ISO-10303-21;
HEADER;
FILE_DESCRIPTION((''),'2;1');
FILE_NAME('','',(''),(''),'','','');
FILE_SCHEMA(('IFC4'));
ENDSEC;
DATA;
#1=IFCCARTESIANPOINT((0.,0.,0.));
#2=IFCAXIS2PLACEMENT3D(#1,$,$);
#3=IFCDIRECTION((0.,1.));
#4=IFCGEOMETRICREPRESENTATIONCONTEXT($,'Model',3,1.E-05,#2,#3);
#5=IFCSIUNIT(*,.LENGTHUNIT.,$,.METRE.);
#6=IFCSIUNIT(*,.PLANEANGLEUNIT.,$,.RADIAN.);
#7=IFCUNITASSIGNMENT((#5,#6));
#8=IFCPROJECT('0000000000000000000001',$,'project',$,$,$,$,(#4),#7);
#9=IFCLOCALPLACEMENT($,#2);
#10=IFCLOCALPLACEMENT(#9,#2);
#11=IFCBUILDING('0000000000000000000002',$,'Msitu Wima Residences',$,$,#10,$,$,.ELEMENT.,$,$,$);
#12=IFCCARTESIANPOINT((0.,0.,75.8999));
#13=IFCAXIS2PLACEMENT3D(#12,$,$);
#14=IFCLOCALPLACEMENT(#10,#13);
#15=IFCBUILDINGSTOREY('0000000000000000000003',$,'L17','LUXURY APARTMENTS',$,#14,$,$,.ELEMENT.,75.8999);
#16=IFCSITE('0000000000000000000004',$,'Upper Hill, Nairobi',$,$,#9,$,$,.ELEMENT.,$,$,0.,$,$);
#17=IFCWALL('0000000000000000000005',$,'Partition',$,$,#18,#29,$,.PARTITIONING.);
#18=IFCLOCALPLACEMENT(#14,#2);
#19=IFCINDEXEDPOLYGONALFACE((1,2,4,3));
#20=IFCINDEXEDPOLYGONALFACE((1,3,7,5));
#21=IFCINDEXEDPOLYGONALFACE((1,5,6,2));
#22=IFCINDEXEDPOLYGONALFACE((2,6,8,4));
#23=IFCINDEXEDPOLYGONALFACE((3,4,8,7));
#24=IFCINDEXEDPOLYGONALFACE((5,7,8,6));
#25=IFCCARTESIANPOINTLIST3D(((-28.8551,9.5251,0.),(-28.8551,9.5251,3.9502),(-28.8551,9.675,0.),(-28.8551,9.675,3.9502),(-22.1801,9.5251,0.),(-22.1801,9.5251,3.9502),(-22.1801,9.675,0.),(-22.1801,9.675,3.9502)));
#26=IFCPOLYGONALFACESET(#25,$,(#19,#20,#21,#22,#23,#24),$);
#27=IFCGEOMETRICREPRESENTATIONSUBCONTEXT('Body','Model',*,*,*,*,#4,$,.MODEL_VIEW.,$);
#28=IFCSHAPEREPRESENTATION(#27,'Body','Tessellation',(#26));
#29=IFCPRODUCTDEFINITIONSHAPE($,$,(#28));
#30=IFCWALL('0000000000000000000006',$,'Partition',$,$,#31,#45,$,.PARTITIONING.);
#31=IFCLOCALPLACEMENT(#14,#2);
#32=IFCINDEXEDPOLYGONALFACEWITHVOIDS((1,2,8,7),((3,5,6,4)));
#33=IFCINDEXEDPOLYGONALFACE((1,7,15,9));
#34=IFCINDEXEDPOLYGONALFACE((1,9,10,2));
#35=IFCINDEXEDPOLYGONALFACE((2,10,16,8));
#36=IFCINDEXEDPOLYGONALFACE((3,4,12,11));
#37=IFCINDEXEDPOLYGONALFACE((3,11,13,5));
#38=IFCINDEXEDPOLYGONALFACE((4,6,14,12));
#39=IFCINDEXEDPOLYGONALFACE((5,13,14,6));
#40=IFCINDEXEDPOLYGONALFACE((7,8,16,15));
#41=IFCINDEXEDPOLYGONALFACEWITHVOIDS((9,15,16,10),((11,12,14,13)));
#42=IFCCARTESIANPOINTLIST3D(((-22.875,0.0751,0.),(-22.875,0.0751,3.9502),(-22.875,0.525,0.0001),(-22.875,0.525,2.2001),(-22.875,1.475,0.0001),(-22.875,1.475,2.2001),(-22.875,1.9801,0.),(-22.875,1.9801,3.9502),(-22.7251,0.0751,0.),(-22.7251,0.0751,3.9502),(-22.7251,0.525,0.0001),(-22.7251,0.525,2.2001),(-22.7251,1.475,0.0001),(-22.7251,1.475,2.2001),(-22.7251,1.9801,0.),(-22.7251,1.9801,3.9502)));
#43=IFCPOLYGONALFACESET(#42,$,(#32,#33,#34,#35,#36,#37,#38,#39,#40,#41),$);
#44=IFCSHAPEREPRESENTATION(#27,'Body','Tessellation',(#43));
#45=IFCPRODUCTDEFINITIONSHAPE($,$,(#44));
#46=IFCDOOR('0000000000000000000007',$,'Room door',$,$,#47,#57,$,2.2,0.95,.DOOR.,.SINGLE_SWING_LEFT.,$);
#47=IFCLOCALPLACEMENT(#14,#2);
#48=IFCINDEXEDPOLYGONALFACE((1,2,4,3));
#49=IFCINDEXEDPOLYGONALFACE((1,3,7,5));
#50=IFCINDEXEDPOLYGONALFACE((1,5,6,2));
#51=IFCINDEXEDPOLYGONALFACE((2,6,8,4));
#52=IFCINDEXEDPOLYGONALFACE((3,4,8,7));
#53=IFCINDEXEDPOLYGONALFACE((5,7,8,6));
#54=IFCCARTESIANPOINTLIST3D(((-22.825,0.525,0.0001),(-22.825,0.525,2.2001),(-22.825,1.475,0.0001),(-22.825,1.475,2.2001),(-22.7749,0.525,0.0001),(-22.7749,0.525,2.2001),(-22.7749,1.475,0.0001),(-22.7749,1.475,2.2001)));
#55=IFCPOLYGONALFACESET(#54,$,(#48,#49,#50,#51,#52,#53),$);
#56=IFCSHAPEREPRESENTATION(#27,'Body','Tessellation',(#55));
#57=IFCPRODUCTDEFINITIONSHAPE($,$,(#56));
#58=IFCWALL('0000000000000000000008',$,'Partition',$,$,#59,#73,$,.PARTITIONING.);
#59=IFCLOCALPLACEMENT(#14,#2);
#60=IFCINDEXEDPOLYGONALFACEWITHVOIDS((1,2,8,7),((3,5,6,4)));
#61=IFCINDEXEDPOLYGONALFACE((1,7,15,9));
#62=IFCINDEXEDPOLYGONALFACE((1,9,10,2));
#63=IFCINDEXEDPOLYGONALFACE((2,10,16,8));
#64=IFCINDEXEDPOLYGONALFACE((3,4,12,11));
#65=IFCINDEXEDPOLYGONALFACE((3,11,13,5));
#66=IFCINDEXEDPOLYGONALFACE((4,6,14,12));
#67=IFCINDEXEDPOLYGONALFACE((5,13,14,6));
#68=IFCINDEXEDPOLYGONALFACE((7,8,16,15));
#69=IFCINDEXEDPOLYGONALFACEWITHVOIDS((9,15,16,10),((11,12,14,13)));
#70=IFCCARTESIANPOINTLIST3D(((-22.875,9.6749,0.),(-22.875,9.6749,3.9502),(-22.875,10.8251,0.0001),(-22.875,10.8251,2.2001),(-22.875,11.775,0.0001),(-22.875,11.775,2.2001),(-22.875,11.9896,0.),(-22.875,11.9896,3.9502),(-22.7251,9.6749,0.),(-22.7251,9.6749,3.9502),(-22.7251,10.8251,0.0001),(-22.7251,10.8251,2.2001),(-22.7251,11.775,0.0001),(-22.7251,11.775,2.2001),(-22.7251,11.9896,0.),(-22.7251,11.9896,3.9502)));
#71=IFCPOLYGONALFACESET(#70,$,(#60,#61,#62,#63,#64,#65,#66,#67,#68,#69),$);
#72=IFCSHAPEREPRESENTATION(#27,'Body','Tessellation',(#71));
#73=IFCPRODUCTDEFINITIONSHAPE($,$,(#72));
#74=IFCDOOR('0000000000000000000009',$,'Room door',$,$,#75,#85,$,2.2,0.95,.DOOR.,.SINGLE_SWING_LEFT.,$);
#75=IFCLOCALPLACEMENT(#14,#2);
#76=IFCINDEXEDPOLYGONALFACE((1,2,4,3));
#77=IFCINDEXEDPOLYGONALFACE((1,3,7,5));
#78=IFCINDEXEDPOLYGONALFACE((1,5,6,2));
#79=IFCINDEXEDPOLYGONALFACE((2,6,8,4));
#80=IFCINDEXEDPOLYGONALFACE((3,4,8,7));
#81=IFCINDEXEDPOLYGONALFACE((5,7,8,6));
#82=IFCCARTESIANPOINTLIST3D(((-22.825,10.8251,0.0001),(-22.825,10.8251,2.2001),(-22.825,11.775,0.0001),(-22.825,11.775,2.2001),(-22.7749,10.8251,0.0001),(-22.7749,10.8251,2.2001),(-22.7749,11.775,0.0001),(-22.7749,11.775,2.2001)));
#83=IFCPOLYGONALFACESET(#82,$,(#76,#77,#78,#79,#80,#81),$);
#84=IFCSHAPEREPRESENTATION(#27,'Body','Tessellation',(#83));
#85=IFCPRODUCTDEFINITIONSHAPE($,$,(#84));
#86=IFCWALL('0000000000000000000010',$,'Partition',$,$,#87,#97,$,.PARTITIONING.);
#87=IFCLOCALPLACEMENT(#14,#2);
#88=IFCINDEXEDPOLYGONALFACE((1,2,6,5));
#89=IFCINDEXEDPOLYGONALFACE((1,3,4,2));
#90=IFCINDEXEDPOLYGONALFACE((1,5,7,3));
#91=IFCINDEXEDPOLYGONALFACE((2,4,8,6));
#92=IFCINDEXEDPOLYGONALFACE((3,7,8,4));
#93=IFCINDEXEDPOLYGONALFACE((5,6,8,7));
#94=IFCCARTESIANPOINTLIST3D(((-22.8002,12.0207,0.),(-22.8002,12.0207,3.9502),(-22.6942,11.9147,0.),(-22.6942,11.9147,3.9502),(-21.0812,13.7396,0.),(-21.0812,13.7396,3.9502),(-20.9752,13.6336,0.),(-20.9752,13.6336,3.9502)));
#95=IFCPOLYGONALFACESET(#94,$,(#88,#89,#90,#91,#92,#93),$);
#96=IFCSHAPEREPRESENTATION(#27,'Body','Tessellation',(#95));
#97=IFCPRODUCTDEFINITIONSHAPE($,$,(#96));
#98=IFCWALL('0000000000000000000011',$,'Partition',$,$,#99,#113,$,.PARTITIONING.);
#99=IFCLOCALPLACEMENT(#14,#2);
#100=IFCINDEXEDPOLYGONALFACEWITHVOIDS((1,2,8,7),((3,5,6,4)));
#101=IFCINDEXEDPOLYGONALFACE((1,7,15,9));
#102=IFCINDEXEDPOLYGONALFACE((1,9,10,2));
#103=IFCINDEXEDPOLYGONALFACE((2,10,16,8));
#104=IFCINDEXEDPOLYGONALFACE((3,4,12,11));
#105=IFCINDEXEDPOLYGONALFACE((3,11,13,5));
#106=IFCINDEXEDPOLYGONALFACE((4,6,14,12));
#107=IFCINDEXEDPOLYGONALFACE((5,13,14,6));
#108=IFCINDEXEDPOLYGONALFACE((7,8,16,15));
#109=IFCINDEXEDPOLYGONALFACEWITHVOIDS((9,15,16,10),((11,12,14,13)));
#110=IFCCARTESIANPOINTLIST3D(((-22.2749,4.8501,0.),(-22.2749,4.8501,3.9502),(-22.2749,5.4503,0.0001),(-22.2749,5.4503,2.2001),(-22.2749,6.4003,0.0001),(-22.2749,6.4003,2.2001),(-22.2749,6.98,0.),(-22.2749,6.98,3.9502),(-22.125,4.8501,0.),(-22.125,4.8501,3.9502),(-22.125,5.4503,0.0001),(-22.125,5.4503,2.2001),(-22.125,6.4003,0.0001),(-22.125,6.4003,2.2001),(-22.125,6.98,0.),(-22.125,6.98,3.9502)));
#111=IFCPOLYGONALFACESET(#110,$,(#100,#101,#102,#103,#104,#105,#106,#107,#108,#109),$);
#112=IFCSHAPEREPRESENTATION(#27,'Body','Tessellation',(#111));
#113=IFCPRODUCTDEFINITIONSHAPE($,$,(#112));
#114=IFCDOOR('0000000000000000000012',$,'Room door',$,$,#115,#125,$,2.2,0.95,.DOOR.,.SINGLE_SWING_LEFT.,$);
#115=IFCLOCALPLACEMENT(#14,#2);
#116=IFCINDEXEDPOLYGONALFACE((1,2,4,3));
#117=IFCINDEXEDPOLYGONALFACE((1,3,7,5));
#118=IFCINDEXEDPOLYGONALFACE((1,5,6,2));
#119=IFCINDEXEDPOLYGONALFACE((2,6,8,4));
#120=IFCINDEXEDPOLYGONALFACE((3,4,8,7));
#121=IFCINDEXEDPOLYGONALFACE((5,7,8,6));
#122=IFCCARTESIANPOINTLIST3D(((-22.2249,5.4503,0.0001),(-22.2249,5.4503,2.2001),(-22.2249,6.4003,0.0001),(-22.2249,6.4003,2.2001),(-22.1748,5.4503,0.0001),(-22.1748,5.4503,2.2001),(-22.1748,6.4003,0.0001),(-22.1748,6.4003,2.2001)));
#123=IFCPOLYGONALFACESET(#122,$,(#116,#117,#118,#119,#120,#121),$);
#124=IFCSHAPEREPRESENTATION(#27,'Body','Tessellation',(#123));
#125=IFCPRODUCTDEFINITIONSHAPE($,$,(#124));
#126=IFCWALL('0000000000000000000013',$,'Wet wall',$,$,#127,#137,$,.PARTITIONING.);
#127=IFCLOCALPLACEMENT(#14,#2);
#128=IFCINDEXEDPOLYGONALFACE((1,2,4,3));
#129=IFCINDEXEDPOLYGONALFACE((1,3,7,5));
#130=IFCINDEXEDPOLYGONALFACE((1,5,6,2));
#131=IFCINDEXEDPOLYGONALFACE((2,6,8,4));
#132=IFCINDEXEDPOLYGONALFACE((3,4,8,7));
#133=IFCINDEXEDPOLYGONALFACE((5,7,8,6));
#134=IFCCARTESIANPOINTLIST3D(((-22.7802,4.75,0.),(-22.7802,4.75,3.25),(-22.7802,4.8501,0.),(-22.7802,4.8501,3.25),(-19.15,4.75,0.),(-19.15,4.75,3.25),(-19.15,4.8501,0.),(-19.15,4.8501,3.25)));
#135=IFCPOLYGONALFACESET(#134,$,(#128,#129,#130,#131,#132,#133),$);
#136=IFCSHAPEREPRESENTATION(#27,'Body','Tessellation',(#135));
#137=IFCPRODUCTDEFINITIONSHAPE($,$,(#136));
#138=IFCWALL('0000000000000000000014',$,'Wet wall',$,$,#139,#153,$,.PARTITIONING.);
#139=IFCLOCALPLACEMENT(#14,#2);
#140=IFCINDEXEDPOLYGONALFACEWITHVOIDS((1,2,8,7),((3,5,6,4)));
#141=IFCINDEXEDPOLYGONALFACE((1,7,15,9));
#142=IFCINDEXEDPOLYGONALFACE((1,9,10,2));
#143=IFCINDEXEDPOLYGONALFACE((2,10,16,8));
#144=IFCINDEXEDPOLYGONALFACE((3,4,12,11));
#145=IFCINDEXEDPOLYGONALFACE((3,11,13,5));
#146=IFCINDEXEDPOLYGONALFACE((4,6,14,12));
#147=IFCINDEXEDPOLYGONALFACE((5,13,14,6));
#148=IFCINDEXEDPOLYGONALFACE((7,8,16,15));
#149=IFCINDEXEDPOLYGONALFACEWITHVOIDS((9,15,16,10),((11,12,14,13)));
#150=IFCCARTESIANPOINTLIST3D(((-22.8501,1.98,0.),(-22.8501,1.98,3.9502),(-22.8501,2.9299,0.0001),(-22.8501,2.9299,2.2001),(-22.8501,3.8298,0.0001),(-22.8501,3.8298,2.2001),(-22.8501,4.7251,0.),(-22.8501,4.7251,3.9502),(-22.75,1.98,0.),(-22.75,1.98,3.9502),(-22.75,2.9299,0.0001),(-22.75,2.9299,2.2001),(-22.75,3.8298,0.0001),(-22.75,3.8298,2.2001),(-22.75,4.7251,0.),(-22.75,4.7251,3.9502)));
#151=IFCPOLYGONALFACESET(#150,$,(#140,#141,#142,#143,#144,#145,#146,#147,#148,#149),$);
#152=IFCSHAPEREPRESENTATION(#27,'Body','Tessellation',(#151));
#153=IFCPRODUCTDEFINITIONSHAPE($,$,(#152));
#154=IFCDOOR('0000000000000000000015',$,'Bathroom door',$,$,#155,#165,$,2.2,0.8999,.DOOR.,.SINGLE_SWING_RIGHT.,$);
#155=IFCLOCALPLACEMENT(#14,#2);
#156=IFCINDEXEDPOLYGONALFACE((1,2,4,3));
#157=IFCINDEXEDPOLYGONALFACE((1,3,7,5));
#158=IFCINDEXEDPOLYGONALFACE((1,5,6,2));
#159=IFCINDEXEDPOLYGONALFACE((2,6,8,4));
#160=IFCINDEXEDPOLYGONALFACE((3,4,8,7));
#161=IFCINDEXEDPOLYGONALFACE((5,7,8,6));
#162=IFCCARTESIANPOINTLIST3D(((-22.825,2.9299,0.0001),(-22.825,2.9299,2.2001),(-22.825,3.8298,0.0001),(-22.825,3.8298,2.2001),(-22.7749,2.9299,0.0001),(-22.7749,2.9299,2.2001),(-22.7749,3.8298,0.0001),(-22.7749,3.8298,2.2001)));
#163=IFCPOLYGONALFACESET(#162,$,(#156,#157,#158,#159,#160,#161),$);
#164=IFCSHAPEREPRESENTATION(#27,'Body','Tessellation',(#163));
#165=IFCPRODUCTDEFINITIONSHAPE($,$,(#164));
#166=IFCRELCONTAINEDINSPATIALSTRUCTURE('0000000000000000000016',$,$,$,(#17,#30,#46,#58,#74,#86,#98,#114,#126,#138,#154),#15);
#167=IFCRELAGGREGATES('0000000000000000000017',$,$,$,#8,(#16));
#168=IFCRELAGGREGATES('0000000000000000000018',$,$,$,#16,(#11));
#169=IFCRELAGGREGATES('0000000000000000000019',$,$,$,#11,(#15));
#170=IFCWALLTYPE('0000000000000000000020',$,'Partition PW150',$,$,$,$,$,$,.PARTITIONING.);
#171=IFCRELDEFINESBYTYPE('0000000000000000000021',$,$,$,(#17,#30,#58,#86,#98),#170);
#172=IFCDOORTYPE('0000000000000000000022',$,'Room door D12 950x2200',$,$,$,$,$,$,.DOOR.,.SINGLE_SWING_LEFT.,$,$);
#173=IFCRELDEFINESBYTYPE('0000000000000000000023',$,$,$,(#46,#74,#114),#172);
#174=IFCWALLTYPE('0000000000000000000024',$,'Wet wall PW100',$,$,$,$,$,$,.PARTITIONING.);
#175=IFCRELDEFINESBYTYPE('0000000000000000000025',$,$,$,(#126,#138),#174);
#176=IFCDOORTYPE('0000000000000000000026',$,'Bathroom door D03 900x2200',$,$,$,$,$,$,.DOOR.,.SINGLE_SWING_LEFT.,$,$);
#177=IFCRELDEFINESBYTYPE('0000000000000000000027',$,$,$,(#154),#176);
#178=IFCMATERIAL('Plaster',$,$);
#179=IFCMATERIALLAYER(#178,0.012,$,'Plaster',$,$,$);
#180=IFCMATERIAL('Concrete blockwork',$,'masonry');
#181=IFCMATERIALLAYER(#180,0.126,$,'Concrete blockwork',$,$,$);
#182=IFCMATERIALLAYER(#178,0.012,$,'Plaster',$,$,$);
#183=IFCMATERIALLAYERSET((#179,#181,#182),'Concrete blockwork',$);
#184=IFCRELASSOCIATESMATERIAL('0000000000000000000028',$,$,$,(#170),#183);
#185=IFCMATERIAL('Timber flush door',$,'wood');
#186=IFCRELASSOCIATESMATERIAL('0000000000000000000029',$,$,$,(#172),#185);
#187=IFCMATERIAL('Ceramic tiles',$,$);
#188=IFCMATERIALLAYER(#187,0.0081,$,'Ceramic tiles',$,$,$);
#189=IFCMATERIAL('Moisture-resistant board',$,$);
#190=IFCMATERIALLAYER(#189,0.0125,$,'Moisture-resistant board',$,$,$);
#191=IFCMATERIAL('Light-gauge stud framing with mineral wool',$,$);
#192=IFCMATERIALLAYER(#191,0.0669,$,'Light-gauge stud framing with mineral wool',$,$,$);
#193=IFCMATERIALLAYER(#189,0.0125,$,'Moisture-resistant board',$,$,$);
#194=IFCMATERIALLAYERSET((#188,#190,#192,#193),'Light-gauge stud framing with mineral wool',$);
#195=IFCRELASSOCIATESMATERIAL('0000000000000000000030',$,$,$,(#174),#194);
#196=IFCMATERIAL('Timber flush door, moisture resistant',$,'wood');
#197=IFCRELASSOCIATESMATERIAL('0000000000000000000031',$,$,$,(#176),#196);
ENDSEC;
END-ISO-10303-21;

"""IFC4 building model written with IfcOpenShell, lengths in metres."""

from ifc_helpers import new_model, si_unit, direction, frame, frame_2d, origin, place, context, subcontext, project, spatial, rectangle, extrude, material, layer, layer_set, type_object, element, fill, save


model = new_model("IFC4")

# Units and contexts
model_context = context("Model", 3, precision=1e-05, world=origin(), true_north=direction((0.0, 1.0)))
body_context = subcontext(model_context, "Body", "Model", "MODEL_VIEW")
ifc_project = project(units=[si_unit("LENGTHUNIT", "METRE"), si_unit("PLANEANGLEUNIT", "RADIAN")], contexts=[model_context])

# Site, building, storey
site_placement = place(None, origin())
site = spatial("IfcSite", under=ifc_project, at=site_placement, Name="Upper Hill, Nairobi", CompositionType="ELEMENT", RefElevation=0.0)
building_placement = place(site_placement, origin())
building = spatial("IfcBuilding", under=site, at=building_placement, Name="Msitu Wima Residences", CompositionType="ELEMENT")
storey_placement = place(building_placement, frame((0.0, 0.0, 75.8999)))
storey = spatial("IfcBuildingStorey", under=building, at=storey_placement, Name="L17", Description="LUXURY APARTMENTS", CompositionType="ELEMENT", Elevation=75.8999)

# Wall
ifc_material_1 = material(Name="Plaster")
ifc_layer_1 = layer(ifc_material_1, 0.012, Name="Plaster")
ifc_material_2 = material(Name="Concrete blockwork", Category="masonry")
ifc_layer_2 = layer(ifc_material_2, 0.126, Name="Concrete blockwork")
ifc_layer_3 = layer(ifc_material_1, 0.012, Name="Plaster")
ifc_layer_set_1 = layer_set([ifc_layer_1, ifc_layer_2, ifc_layer_3], Name="Concrete blockwork")
wall_type_1 = type_object("IfcWallType", Name="Partition PW150", PredefinedType="PARTITIONING", material=ifc_layer_set_1)
wall_1_placement = place(storey_placement, frame((-28.855, 9.6001, 0.0), z_axis=(0.0, 0.0, 1.0), x_axis=(1.0, 0.0, 0.0)))
element("IfcWall", 1, at=wall_1_placement, inside=storey, type_object=wall_type_1, Name="Partition", PredefinedType="PARTITIONING", context=body_context, shape_type="SweptSolid", body=[
    extrude(rectangle(XDim=6.675, YDim=0.1499, at=frame_2d((3.3374, 0.0))), origin(), (0.0, 0.0, 1.0), 3.9502),
])

# Walls, openings, doors
wall_2_placement = place(storey_placement, frame((-22.8, 0.075, 0.0), z_axis=(0.0, 0.0, 1.0), x_axis=(0.0, 1.0, 0.0)))
wall_2 = element("IfcWall", 2, at=wall_2_placement, inside=storey, type_object=wall_type_1, Name="Partition", PredefinedType="PARTITIONING", context=body_context, shape_type="SweptSolid", body=[
    extrude(rectangle(XDim=1.905, YDim=0.1499, at=frame_2d((0.9526, 0.0))), origin(), (0.0, 0.0, 1.0), 3.9502),
])
opening_1_placement = place(wall_2_placement, frame((0.45, 0.0, 0.0)))
opening_1 = element("IfcOpeningElement", 3, at=opening_1_placement, cuts=wall_2, PredefinedType="OPENING", context=body_context, shape_type="SweptSolid", body=[
    extrude(rectangle(XDim=0.95, YDim=2.2, at=frame_2d((0.4751, 1.1001))), frame((0.0, 0.085, 0.0), z_axis=(0.0, -1.0, 0.0), x_axis=(1.0, 0.0, 0.0)), (0.0, 0.0, 1.0), 0.1699),
])
ifc_material_3 = material(Name="Timber flush door", Category="wood")
door_type_1 = type_object("IfcDoorType", Name="Room door D12 950x2200", OperationType="SINGLE_SWING_LEFT", PredefinedType="DOOR", material=ifc_material_3)
door_1_placement = place(opening_1_placement, origin())
door_1 = element("IfcDoor", 4, at=door_1_placement, inside=storey, type_object=door_type_1, Name="Room door", OperationType="SINGLE_SWING_LEFT", OverallHeight=2.2, OverallWidth=0.95, PredefinedType="DOOR", context=body_context, shape_type="SweptSolid", body=[
    extrude(rectangle(XDim=0.95, YDim=2.2, at=frame_2d((0.4751, 1.1001))), frame((0.0, 0.0249, 0.0), z_axis=(0.0, -1.0, 0.0), x_axis=(1.0, 0.0, 0.0)), (0.0, 0.0, 1.0), 0.05),
])
fill(opening_1, door_1)
wall_3_placement = place(storey_placement, frame((-22.8, 9.675, 0.0), z_axis=(0.0, 0.0, 1.0), x_axis=(0.0, 1.0, 0.0)))
wall_3 = element("IfcWall", 5, at=wall_3_placement, inside=storey, type_object=wall_type_1, Name="Partition", PredefinedType="PARTITIONING", context=body_context, shape_type="SweptSolid", body=[
    extrude(rectangle(XDim=2.3147, YDim=0.1499, at=frame_2d((1.1572, 0.0))), origin(), (0.0, 0.0, 1.0), 3.9502),
])
opening_2_placement = place(wall_3_placement, frame((1.1499, 0.0, 0.0)))
opening_2 = element("IfcOpeningElement", 6, at=opening_2_placement, cuts=wall_3, PredefinedType="OPENING", context=body_context, shape_type="SweptSolid", body=[
    extrude(rectangle(XDim=0.95, YDim=2.2, at=frame_2d((0.4751, 1.1001))), frame((0.0, 0.085, 0.0), z_axis=(0.0, -1.0, 0.0), x_axis=(1.0, 0.0, 0.0)), (0.0, 0.0, 1.0), 0.1699),
])
door_2_placement = place(opening_2_placement, origin())
door_2 = element("IfcDoor", 7, at=door_2_placement, inside=storey, type_object=door_type_1, Name="Room door", OperationType="SINGLE_SWING_LEFT", OverallHeight=2.2, OverallWidth=0.95, PredefinedType="DOOR", context=body_context, shape_type="SweptSolid", body=[
    extrude(rectangle(XDim=0.95, YDim=2.2, at=frame_2d((0.4751, 1.1001))), frame((0.0, 0.0249, 0.0), z_axis=(0.0, -1.0, 0.0), x_axis=(1.0, 0.0, 0.0)), (0.0, 0.0, 1.0), 0.05),
])
fill(opening_2, door_2)

# Wall
wall_4_placement = place(storey_placement, frame((-22.7471, 11.9678, 0.0), z_axis=(0.0, 0.0, 1.0), x_axis=(0.707107, 0.707107, 0.0)))
element("IfcWall", 8, at=wall_4_placement, inside=storey, type_object=wall_type_1, Name="Partition", PredefinedType="PARTITIONING", context=body_context, shape_type="SweptSolid", body=[
    extrude(rectangle(XDim=2.4309, YDim=0.1499, at=frame_2d((1.2153, 0.0))), origin(), (0.0, 0.0, 1.0), 3.9502),
])

# Wall, opening, door
wall_5_placement = place(storey_placement, frame((-22.2, 4.8501, 0.0), z_axis=(0.0, 0.0, 1.0), x_axis=(0.0, 1.0, 0.0)))
wall_5 = element("IfcWall", 9, at=wall_5_placement, inside=storey, type_object=wall_type_1, Name="Partition", PredefinedType="PARTITIONING", context=body_context, shape_type="SweptSolid", body=[
    extrude(rectangle(XDim=2.1299, YDim=0.1499, at=frame_2d((1.0649, 0.0))), origin(), (0.0, 0.0, 1.0), 3.9502),
])
opening_3_placement = place(wall_5_placement, frame((0.6001, 0.0, 0.0)))
opening_3 = element("IfcOpeningElement", 10, at=opening_3_placement, cuts=wall_5, PredefinedType="OPENING", context=body_context, shape_type="SweptSolid", body=[
    extrude(rectangle(XDim=0.95, YDim=2.2, at=frame_2d((0.4751, 1.1001))), frame((0.0, 0.085, 0.0), z_axis=(0.0, -1.0, 0.0), x_axis=(1.0, 0.0, 0.0)), (0.0, 0.0, 1.0), 0.1699),
])
door_3_placement = place(opening_3_placement, origin())
door_3 = element("IfcDoor", 11, at=door_3_placement, inside=storey, type_object=door_type_1, Name="Room door", OperationType="SINGLE_SWING_LEFT", OverallHeight=2.2, OverallWidth=0.95, PredefinedType="DOOR", context=body_context, shape_type="SweptSolid", body=[
    extrude(rectangle(XDim=0.95, YDim=2.2, at=frame_2d((0.4751, 1.1001))), frame((0.0, 0.0249, 0.0), z_axis=(0.0, -1.0, 0.0), x_axis=(1.0, 0.0, 0.0)), (0.0, 0.0, 1.0), 0.05),
])
fill(opening_3, door_3)

# Wall
ifc_material_4 = material(Name="Ceramic tiles")
ifc_layer_4 = layer(ifc_material_4, 0.0081, Name="Ceramic tiles")
ifc_material_5 = material(Name="Moisture-resistant board")
ifc_layer_5 = layer(ifc_material_5, 0.0125, Name="Moisture-resistant board")
ifc_material_6 = material(Name="Light-gauge stud framing with mineral wool")
ifc_layer_6 = layer(ifc_material_6, 0.0669, Name="Light-gauge stud framing with mineral wool")
ifc_layer_7 = layer(ifc_material_5, 0.0125, Name="Moisture-resistant board")
ifc_layer_set_2 = layer_set([ifc_layer_4, ifc_layer_5, ifc_layer_6, ifc_layer_7], Name="Light-gauge stud framing with mineral wool")
wall_type_2 = type_object("IfcWallType", Name="Wet wall PW100", PredefinedType="PARTITIONING", material=ifc_layer_set_2)
wall_6_placement = place(storey_placement, frame((-22.78, 4.8, 0.0), z_axis=(0.0, 0.0, 1.0), x_axis=(1.0, 0.0, 0.0)))
element("IfcWall", 12, at=wall_6_placement, inside=storey, type_object=wall_type_2, Name="Wet wall", PredefinedType="PARTITIONING", context=body_context, shape_type="SweptSolid", body=[
    extrude(rectangle(XDim=3.6301, YDim=0.1001, at=frame_2d((1.8149, 0.0))), origin(), (0.0, 0.0, 1.0), 3.25),
])

# Wall, opening, door
wall_7_placement = place(storey_placement, frame((-22.8, 1.98, 0.0), z_axis=(0.0, 0.0, 1.0), x_axis=(0.0, 1.0, 0.0)))
wall_7 = element("IfcWall", 13, at=wall_7_placement, inside=storey, type_object=wall_type_2, Name="Wet wall", PredefinedType="PARTITIONING", context=body_context, shape_type="SweptSolid", body=[
    extrude(rectangle(XDim=2.7451, YDim=0.1001, at=frame_2d((1.3726, 0.0))), origin(), (0.0, 0.0, 1.0), 3.9502),
])
opening_4_placement = place(wall_7_placement, frame((0.95, 0.0, 0.0)))
opening_4 = element("IfcOpeningElement", 14, at=opening_4_placement, cuts=wall_7, PredefinedType="OPENING", context=body_context, shape_type="SweptSolid", body=[
    extrude(rectangle(XDim=0.8999, YDim=2.2, at=frame_2d((0.45, 1.1001))), frame((0.0, 0.0601, 0.0), z_axis=(0.0, -1.0, 0.0), x_axis=(1.0, 0.0, 0.0)), (0.0, 0.0, 1.0), 0.1201),
])
ifc_material_7 = material(Name="Timber flush door, moisture resistant", Category="wood")
door_type_2 = type_object("IfcDoorType", Name="Bathroom door D03 900x2200", OperationType="SINGLE_SWING_LEFT", PredefinedType="DOOR", material=ifc_material_7)
door_4_placement = place(opening_4_placement, origin())
door_4 = element("IfcDoor", 15, at=door_4_placement, inside=storey, type_object=door_type_2, Name="Bathroom door", OperationType="SINGLE_SWING_RIGHT", OverallHeight=2.2, OverallWidth=0.8999, PredefinedType="DOOR", context=body_context, shape_type="SweptSolid", body=[
    extrude(rectangle(XDim=0.8999, YDim=2.2, at=frame_2d((0.45, 1.1001))), frame((0.0, 0.0249, 0.0), z_axis=(0.0, -1.0, 0.0), x_axis=(1.0, 0.0, 0.0)), (0.0, 0.0, 1.0), 0.05),
])
fill(opening_4, door_4)

save(model, "model.ifc")
